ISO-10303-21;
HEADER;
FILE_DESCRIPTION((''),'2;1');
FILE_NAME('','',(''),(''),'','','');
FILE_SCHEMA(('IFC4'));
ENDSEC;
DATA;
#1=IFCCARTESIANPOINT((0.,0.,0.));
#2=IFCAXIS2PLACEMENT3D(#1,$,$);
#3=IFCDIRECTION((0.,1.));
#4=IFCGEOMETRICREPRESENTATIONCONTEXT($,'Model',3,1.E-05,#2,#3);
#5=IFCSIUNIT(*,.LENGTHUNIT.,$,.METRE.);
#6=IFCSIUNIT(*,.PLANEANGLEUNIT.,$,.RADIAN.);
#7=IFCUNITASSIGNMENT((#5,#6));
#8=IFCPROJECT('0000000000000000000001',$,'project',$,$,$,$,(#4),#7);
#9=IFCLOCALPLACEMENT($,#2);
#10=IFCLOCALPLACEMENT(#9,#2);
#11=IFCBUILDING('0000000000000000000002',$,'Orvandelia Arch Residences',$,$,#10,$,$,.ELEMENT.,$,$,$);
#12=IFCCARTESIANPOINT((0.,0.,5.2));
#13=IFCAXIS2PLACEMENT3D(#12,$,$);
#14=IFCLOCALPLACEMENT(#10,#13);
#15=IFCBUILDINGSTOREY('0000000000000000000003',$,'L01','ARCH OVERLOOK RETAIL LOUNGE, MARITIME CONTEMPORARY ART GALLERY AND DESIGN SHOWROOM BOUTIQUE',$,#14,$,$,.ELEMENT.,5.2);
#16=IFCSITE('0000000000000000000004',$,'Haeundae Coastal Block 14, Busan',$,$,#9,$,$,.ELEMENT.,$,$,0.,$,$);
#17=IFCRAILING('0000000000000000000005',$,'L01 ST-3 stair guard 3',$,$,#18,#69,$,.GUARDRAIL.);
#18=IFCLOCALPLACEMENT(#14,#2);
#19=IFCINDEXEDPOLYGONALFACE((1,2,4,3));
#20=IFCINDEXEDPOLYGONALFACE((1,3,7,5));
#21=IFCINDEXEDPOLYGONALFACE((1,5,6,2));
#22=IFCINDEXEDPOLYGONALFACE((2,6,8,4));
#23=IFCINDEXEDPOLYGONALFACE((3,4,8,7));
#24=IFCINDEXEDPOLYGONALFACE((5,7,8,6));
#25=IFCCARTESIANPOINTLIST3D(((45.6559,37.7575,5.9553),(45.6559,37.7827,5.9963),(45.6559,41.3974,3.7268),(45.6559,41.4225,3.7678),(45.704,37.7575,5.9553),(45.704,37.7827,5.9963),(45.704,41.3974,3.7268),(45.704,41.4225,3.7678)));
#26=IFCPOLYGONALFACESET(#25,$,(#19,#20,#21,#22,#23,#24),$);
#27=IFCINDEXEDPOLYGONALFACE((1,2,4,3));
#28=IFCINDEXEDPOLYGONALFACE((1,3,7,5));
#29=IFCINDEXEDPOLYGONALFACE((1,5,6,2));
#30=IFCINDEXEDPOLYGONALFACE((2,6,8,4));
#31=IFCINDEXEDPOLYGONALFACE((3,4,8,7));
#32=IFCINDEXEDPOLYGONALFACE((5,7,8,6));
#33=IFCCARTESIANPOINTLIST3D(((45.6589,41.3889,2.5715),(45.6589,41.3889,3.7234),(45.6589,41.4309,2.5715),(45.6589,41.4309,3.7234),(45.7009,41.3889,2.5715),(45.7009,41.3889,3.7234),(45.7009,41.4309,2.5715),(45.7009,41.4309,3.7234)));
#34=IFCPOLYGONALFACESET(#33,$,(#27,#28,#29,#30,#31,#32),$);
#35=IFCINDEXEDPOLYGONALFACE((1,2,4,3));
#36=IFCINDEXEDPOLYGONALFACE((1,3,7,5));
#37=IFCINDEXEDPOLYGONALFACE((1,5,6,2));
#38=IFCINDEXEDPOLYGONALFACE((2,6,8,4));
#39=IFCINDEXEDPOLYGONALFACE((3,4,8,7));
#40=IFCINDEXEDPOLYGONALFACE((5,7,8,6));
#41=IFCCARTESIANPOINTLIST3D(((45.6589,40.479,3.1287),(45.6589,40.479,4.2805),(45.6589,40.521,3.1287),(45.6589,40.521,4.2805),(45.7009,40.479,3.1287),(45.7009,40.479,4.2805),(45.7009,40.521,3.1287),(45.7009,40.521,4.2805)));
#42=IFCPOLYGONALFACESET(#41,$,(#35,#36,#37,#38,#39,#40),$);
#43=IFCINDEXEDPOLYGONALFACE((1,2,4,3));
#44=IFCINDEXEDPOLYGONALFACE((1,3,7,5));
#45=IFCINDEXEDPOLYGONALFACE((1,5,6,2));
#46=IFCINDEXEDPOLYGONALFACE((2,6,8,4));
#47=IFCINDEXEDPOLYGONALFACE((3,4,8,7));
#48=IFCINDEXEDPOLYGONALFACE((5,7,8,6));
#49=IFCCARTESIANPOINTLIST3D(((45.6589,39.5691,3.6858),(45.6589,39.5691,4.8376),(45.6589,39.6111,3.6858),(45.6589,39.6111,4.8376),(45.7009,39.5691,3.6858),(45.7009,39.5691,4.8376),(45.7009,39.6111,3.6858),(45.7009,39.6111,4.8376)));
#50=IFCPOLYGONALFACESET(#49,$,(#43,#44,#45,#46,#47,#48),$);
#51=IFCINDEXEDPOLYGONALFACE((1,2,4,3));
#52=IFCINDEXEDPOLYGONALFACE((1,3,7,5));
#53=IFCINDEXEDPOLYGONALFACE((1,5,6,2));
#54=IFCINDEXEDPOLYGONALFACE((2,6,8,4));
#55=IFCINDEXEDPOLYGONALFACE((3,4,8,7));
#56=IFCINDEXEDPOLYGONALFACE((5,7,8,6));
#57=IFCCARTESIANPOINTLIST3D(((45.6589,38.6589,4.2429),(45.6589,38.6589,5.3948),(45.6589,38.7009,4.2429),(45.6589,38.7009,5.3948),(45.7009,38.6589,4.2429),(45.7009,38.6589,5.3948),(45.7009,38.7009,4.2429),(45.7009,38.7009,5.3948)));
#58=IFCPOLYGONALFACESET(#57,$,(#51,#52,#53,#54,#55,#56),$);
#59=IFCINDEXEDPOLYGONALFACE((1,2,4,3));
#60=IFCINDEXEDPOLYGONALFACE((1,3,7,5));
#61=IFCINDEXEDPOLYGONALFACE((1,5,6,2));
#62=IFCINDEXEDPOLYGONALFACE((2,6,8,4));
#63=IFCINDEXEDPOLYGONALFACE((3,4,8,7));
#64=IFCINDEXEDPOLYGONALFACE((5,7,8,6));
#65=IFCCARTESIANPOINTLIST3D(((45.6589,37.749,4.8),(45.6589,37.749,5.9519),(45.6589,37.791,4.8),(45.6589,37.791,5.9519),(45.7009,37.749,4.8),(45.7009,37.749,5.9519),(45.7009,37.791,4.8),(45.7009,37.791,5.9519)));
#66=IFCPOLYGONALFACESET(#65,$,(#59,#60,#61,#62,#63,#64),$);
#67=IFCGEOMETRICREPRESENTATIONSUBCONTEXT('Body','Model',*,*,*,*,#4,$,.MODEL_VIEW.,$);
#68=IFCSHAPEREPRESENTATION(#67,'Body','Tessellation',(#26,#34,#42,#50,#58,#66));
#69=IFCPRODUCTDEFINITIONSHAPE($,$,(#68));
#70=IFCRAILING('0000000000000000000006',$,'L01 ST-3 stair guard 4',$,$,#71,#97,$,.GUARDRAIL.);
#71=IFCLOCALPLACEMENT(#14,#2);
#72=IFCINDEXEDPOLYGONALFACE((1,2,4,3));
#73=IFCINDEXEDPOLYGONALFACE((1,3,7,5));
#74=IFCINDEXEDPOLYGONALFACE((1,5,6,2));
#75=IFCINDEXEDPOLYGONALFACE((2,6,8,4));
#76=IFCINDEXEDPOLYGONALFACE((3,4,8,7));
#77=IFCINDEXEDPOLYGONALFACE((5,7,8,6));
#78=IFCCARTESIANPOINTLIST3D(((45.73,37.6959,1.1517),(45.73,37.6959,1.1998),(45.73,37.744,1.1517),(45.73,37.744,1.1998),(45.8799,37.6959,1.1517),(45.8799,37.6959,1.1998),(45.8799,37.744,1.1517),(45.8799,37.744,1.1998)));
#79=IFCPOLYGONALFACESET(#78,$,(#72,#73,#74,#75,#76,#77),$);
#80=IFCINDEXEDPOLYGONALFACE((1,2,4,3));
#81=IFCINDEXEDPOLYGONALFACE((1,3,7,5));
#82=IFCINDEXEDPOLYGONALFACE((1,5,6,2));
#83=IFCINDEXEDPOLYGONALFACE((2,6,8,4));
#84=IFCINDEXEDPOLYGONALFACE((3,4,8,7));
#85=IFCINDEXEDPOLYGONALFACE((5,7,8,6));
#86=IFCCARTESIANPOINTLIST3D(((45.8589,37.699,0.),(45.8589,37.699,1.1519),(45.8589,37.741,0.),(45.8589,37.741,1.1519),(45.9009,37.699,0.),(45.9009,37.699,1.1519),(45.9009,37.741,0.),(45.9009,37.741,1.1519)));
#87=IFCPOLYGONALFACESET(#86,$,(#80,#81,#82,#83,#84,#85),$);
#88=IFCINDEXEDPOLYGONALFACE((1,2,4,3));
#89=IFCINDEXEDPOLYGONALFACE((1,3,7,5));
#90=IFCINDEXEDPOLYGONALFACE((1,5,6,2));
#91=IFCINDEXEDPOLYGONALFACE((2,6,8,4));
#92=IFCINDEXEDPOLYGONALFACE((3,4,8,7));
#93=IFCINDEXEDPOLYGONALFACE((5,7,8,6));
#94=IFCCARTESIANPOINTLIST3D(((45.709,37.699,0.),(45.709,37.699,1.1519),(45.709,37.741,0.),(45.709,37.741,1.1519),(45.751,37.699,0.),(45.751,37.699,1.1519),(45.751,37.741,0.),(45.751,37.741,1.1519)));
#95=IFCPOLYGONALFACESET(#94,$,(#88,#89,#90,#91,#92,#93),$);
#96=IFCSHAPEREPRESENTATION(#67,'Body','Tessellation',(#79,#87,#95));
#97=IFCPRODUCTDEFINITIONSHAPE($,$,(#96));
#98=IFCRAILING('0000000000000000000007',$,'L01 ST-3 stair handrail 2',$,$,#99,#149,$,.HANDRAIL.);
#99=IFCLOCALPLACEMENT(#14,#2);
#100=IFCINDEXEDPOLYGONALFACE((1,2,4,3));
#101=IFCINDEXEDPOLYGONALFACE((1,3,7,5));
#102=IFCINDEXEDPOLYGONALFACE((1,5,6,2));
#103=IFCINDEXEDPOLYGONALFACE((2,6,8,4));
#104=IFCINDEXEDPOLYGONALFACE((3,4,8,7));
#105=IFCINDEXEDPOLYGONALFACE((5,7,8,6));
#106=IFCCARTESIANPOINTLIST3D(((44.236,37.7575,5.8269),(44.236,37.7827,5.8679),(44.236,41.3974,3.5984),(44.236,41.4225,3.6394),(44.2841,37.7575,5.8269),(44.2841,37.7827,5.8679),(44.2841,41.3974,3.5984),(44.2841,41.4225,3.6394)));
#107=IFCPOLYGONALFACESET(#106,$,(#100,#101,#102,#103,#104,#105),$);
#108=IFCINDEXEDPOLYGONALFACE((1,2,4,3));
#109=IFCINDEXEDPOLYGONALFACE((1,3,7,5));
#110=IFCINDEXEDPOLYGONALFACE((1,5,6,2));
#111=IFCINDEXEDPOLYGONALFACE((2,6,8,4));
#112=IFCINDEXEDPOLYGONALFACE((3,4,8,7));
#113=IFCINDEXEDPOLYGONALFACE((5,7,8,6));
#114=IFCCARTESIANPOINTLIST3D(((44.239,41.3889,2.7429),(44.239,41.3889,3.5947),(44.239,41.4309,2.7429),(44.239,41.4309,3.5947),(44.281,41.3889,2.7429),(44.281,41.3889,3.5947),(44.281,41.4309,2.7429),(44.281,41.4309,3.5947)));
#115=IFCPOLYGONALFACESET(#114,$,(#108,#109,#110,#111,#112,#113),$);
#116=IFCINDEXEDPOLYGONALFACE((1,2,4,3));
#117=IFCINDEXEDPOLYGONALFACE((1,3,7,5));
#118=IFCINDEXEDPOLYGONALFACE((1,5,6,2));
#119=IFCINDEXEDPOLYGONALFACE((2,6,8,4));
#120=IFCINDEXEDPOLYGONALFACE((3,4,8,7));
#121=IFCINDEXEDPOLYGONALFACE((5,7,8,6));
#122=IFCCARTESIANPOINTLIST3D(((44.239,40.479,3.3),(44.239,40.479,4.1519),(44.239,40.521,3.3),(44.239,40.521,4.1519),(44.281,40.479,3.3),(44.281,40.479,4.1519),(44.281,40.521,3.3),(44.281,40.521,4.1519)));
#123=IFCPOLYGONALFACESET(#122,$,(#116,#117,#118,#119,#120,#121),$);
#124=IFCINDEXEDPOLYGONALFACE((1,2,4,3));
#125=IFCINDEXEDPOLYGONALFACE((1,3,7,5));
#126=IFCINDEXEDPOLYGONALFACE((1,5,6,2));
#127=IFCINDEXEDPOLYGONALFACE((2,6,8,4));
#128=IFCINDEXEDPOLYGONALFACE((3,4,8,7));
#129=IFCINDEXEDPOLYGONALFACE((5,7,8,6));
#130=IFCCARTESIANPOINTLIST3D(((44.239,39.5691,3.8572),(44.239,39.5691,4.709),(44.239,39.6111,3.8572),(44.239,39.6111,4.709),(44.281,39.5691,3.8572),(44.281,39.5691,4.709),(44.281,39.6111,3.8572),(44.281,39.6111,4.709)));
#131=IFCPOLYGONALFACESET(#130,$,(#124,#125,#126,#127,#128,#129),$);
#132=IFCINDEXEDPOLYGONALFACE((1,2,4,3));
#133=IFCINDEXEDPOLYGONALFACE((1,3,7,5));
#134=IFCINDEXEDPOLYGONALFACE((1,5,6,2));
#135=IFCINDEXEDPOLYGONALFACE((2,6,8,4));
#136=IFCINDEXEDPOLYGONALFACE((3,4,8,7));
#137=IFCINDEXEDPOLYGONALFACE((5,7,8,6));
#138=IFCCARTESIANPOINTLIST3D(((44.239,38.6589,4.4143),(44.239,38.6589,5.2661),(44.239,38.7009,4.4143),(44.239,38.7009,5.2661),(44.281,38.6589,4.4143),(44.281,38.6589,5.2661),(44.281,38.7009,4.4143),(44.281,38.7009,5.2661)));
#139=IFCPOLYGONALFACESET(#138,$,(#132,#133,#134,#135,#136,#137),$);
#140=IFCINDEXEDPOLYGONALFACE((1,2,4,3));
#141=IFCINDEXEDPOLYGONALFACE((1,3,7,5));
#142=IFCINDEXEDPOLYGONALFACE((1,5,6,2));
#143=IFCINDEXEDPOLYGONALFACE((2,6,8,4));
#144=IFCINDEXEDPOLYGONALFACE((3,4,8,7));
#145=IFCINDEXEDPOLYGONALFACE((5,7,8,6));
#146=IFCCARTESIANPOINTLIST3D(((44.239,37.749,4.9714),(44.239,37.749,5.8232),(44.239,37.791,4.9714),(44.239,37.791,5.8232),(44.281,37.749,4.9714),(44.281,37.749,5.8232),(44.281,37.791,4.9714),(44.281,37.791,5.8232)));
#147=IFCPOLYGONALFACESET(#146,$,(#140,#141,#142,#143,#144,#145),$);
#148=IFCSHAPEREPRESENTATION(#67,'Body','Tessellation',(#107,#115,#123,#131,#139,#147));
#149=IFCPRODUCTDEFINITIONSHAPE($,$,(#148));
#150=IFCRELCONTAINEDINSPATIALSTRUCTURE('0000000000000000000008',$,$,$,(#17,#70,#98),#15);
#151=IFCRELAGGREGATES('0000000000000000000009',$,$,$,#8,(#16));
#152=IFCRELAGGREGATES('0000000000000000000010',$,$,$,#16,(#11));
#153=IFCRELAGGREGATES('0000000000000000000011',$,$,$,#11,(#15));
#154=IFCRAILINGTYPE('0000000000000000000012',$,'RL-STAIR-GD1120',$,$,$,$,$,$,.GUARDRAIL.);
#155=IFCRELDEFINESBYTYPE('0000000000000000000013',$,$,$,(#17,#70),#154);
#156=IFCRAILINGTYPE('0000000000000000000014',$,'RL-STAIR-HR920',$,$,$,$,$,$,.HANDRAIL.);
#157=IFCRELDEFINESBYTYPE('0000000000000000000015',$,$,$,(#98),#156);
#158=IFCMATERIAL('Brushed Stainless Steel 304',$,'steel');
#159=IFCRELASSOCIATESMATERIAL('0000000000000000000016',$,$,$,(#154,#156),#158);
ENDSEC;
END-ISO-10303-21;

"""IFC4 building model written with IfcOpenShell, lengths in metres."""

from ifc_helpers import new_model, si_unit, direction, frame, origin, origin_2d, place, context, subcontext, project, spatial, rectangle, extrude, material, type_object, element, save


model = new_model("IFC4")

# Units and contexts
model_context = context("Model", 3, precision=1e-05, world=origin(), true_north=direction((0.0, 1.0)))
body_context = subcontext(model_context, "Body", "Model", "MODEL_VIEW")
ifc_project = project(units=[si_unit("LENGTHUNIT", "METRE"), si_unit("PLANEANGLEUNIT", "RADIAN")], contexts=[model_context])

# Site, building, storey
site_placement = place(None, origin())
site = spatial("IfcSite", under=ifc_project, at=site_placement, Name="Haeundae Coastal Block 14, Busan", CompositionType="ELEMENT", RefElevation=0.0)
building_placement = place(site_placement, origin())
building = spatial("IfcBuilding", under=site, at=building_placement, Name="Orvandelia Arch Residences", CompositionType="ELEMENT")
storey_placement = place(building_placement, frame((0.0, 0.0, 5.2)))
storey = spatial("IfcBuildingStorey", under=building, at=storey_placement, Name="L01", Description="ARCH OVERLOOK RETAIL LOUNGE, MARITIME CONTEMPORARY ART GALLERY AND DESIGN SHOWROOM BOUTIQUE", CompositionType="ELEMENT", Elevation=5.2)

# Railings
ifc_material_1 = material(Name="Brushed Stainless Steel 304", Category="steel")
railing_type_1 = type_object("IfcRailingType", Name="RL-STAIR-GD1120", PredefinedType="GUARDRAIL", material=ifc_material_1)
railing_1_placement = place(storey_placement, frame((45.6799, 41.4099, 2.5715)))
element("IfcRailing", 1, at=railing_1_placement, inside=storey, type_object=railing_type_1, Name="L01 ST-3 stair guard 3", PredefinedType="GUARDRAIL", context=body_context, shape_type="SweptSolid", body=[
    extrude(rectangle(XDim=0.0481, YDim=0.0481, at=origin_2d()), frame((0.0, 0.0, 1.1758), z_axis=(0.0, -0.85285, 0.522156), x_axis=(1.0, 0.0, 0.0)), (0.0, 0.0, 1.0), 4.2678),
    extrude(rectangle(XDim=0.042, YDim=0.042, at=origin_2d()), origin(), (0.0, 0.0, 1.0), 1.1519),
    extrude(rectangle(XDim=0.042, YDim=0.042, at=origin_2d()), frame((0.0, -0.9099, 0.5571)), (0.0, 0.0, 1.0), 1.1519),
    extrude(rectangle(XDim=0.042, YDim=0.042, at=origin_2d()), frame((0.0, -1.8198, 1.1143)), (0.0, 0.0, 1.0), 1.1519),
    extrude(rectangle(XDim=0.042, YDim=0.042, at=origin_2d()), frame((0.0, -2.73, 1.6714)), (0.0, 0.0, 1.0), 1.1519),
    extrude(rectangle(XDim=0.042, YDim=0.042, at=origin_2d()), frame((0.0, -3.6399, 2.2285)), (0.0, 0.0, 1.0), 1.1519),
])
railing_2_placement = place(storey_placement, frame((45.8799, 37.72, 0.0)))
element("IfcRailing", 2, at=railing_2_placement, inside=storey, type_object=railing_type_1, Name="L01 ST-3 stair guard 4", PredefinedType="GUARDRAIL", context=body_context, shape_type="SweptSolid", body=[
    extrude(rectangle(XDim=0.0481, YDim=0.0481, at=origin_2d()), frame((0.0, 0.0, 1.1758), z_axis=(-1.0, 0.0, 0.0), x_axis=(0.0, -1.0, 0.0)), (0.0, 0.0, 1.0), 0.1499),
    extrude(rectangle(XDim=0.042, YDim=0.042, at=origin_2d()), origin(), (0.0, 0.0, 1.0), 1.1519),
    extrude(rectangle(XDim=0.042, YDim=0.042, at=origin_2d()), frame((-0.1499, 0.0, 0.0)), (0.0, 0.0, 1.0), 1.1519),
])
railing_type_2 = type_object("IfcRailingType", Name="RL-STAIR-HR920", PredefinedType="HANDRAIL", material=ifc_material_1)
railing_3_placement = place(storey_placement, frame((44.26, 41.4099, 2.7429)))
element("IfcRailing", 3, at=railing_3_placement, inside=storey, type_object=railing_type_2, Name="L01 ST-3 stair handrail 2", PredefinedType="HANDRAIL", context=body_context, shape_type="SweptSolid", body=[
    extrude(rectangle(XDim=0.0481, YDim=0.0481, at=origin_2d()), frame((0.0, 0.0, 0.876), z_axis=(0.0, -0.85285, 0.522156), x_axis=(1.0, 0.0, 0.0)), (0.0, 0.0, 1.0), 4.2678),
    extrude(rectangle(XDim=0.042, YDim=0.042, at=origin_2d()), origin(), (0.0, 0.0, 1.0), 0.8518),
    extrude(rectangle(XDim=0.042, YDim=0.042, at=origin_2d()), frame((0.0, -0.9099, 0.5571)), (0.0, 0.0, 1.0), 0.8518),
    extrude(rectangle(XDim=0.042, YDim=0.042, at=origin_2d()), frame((0.0, -1.8198, 1.1143)), (0.0, 0.0, 1.0), 0.8518),
    extrude(rectangle(XDim=0.042, YDim=0.042, at=origin_2d()), frame((0.0, -2.73, 1.6714)), (0.0, 0.0, 1.0), 0.8518),
    extrude(rectangle(XDim=0.042, YDim=0.042, at=origin_2d()), frame((0.0, -3.6399, 2.2285)), (0.0, 0.0, 1.0), 0.8518),
])

save(model, "model.ifc")
